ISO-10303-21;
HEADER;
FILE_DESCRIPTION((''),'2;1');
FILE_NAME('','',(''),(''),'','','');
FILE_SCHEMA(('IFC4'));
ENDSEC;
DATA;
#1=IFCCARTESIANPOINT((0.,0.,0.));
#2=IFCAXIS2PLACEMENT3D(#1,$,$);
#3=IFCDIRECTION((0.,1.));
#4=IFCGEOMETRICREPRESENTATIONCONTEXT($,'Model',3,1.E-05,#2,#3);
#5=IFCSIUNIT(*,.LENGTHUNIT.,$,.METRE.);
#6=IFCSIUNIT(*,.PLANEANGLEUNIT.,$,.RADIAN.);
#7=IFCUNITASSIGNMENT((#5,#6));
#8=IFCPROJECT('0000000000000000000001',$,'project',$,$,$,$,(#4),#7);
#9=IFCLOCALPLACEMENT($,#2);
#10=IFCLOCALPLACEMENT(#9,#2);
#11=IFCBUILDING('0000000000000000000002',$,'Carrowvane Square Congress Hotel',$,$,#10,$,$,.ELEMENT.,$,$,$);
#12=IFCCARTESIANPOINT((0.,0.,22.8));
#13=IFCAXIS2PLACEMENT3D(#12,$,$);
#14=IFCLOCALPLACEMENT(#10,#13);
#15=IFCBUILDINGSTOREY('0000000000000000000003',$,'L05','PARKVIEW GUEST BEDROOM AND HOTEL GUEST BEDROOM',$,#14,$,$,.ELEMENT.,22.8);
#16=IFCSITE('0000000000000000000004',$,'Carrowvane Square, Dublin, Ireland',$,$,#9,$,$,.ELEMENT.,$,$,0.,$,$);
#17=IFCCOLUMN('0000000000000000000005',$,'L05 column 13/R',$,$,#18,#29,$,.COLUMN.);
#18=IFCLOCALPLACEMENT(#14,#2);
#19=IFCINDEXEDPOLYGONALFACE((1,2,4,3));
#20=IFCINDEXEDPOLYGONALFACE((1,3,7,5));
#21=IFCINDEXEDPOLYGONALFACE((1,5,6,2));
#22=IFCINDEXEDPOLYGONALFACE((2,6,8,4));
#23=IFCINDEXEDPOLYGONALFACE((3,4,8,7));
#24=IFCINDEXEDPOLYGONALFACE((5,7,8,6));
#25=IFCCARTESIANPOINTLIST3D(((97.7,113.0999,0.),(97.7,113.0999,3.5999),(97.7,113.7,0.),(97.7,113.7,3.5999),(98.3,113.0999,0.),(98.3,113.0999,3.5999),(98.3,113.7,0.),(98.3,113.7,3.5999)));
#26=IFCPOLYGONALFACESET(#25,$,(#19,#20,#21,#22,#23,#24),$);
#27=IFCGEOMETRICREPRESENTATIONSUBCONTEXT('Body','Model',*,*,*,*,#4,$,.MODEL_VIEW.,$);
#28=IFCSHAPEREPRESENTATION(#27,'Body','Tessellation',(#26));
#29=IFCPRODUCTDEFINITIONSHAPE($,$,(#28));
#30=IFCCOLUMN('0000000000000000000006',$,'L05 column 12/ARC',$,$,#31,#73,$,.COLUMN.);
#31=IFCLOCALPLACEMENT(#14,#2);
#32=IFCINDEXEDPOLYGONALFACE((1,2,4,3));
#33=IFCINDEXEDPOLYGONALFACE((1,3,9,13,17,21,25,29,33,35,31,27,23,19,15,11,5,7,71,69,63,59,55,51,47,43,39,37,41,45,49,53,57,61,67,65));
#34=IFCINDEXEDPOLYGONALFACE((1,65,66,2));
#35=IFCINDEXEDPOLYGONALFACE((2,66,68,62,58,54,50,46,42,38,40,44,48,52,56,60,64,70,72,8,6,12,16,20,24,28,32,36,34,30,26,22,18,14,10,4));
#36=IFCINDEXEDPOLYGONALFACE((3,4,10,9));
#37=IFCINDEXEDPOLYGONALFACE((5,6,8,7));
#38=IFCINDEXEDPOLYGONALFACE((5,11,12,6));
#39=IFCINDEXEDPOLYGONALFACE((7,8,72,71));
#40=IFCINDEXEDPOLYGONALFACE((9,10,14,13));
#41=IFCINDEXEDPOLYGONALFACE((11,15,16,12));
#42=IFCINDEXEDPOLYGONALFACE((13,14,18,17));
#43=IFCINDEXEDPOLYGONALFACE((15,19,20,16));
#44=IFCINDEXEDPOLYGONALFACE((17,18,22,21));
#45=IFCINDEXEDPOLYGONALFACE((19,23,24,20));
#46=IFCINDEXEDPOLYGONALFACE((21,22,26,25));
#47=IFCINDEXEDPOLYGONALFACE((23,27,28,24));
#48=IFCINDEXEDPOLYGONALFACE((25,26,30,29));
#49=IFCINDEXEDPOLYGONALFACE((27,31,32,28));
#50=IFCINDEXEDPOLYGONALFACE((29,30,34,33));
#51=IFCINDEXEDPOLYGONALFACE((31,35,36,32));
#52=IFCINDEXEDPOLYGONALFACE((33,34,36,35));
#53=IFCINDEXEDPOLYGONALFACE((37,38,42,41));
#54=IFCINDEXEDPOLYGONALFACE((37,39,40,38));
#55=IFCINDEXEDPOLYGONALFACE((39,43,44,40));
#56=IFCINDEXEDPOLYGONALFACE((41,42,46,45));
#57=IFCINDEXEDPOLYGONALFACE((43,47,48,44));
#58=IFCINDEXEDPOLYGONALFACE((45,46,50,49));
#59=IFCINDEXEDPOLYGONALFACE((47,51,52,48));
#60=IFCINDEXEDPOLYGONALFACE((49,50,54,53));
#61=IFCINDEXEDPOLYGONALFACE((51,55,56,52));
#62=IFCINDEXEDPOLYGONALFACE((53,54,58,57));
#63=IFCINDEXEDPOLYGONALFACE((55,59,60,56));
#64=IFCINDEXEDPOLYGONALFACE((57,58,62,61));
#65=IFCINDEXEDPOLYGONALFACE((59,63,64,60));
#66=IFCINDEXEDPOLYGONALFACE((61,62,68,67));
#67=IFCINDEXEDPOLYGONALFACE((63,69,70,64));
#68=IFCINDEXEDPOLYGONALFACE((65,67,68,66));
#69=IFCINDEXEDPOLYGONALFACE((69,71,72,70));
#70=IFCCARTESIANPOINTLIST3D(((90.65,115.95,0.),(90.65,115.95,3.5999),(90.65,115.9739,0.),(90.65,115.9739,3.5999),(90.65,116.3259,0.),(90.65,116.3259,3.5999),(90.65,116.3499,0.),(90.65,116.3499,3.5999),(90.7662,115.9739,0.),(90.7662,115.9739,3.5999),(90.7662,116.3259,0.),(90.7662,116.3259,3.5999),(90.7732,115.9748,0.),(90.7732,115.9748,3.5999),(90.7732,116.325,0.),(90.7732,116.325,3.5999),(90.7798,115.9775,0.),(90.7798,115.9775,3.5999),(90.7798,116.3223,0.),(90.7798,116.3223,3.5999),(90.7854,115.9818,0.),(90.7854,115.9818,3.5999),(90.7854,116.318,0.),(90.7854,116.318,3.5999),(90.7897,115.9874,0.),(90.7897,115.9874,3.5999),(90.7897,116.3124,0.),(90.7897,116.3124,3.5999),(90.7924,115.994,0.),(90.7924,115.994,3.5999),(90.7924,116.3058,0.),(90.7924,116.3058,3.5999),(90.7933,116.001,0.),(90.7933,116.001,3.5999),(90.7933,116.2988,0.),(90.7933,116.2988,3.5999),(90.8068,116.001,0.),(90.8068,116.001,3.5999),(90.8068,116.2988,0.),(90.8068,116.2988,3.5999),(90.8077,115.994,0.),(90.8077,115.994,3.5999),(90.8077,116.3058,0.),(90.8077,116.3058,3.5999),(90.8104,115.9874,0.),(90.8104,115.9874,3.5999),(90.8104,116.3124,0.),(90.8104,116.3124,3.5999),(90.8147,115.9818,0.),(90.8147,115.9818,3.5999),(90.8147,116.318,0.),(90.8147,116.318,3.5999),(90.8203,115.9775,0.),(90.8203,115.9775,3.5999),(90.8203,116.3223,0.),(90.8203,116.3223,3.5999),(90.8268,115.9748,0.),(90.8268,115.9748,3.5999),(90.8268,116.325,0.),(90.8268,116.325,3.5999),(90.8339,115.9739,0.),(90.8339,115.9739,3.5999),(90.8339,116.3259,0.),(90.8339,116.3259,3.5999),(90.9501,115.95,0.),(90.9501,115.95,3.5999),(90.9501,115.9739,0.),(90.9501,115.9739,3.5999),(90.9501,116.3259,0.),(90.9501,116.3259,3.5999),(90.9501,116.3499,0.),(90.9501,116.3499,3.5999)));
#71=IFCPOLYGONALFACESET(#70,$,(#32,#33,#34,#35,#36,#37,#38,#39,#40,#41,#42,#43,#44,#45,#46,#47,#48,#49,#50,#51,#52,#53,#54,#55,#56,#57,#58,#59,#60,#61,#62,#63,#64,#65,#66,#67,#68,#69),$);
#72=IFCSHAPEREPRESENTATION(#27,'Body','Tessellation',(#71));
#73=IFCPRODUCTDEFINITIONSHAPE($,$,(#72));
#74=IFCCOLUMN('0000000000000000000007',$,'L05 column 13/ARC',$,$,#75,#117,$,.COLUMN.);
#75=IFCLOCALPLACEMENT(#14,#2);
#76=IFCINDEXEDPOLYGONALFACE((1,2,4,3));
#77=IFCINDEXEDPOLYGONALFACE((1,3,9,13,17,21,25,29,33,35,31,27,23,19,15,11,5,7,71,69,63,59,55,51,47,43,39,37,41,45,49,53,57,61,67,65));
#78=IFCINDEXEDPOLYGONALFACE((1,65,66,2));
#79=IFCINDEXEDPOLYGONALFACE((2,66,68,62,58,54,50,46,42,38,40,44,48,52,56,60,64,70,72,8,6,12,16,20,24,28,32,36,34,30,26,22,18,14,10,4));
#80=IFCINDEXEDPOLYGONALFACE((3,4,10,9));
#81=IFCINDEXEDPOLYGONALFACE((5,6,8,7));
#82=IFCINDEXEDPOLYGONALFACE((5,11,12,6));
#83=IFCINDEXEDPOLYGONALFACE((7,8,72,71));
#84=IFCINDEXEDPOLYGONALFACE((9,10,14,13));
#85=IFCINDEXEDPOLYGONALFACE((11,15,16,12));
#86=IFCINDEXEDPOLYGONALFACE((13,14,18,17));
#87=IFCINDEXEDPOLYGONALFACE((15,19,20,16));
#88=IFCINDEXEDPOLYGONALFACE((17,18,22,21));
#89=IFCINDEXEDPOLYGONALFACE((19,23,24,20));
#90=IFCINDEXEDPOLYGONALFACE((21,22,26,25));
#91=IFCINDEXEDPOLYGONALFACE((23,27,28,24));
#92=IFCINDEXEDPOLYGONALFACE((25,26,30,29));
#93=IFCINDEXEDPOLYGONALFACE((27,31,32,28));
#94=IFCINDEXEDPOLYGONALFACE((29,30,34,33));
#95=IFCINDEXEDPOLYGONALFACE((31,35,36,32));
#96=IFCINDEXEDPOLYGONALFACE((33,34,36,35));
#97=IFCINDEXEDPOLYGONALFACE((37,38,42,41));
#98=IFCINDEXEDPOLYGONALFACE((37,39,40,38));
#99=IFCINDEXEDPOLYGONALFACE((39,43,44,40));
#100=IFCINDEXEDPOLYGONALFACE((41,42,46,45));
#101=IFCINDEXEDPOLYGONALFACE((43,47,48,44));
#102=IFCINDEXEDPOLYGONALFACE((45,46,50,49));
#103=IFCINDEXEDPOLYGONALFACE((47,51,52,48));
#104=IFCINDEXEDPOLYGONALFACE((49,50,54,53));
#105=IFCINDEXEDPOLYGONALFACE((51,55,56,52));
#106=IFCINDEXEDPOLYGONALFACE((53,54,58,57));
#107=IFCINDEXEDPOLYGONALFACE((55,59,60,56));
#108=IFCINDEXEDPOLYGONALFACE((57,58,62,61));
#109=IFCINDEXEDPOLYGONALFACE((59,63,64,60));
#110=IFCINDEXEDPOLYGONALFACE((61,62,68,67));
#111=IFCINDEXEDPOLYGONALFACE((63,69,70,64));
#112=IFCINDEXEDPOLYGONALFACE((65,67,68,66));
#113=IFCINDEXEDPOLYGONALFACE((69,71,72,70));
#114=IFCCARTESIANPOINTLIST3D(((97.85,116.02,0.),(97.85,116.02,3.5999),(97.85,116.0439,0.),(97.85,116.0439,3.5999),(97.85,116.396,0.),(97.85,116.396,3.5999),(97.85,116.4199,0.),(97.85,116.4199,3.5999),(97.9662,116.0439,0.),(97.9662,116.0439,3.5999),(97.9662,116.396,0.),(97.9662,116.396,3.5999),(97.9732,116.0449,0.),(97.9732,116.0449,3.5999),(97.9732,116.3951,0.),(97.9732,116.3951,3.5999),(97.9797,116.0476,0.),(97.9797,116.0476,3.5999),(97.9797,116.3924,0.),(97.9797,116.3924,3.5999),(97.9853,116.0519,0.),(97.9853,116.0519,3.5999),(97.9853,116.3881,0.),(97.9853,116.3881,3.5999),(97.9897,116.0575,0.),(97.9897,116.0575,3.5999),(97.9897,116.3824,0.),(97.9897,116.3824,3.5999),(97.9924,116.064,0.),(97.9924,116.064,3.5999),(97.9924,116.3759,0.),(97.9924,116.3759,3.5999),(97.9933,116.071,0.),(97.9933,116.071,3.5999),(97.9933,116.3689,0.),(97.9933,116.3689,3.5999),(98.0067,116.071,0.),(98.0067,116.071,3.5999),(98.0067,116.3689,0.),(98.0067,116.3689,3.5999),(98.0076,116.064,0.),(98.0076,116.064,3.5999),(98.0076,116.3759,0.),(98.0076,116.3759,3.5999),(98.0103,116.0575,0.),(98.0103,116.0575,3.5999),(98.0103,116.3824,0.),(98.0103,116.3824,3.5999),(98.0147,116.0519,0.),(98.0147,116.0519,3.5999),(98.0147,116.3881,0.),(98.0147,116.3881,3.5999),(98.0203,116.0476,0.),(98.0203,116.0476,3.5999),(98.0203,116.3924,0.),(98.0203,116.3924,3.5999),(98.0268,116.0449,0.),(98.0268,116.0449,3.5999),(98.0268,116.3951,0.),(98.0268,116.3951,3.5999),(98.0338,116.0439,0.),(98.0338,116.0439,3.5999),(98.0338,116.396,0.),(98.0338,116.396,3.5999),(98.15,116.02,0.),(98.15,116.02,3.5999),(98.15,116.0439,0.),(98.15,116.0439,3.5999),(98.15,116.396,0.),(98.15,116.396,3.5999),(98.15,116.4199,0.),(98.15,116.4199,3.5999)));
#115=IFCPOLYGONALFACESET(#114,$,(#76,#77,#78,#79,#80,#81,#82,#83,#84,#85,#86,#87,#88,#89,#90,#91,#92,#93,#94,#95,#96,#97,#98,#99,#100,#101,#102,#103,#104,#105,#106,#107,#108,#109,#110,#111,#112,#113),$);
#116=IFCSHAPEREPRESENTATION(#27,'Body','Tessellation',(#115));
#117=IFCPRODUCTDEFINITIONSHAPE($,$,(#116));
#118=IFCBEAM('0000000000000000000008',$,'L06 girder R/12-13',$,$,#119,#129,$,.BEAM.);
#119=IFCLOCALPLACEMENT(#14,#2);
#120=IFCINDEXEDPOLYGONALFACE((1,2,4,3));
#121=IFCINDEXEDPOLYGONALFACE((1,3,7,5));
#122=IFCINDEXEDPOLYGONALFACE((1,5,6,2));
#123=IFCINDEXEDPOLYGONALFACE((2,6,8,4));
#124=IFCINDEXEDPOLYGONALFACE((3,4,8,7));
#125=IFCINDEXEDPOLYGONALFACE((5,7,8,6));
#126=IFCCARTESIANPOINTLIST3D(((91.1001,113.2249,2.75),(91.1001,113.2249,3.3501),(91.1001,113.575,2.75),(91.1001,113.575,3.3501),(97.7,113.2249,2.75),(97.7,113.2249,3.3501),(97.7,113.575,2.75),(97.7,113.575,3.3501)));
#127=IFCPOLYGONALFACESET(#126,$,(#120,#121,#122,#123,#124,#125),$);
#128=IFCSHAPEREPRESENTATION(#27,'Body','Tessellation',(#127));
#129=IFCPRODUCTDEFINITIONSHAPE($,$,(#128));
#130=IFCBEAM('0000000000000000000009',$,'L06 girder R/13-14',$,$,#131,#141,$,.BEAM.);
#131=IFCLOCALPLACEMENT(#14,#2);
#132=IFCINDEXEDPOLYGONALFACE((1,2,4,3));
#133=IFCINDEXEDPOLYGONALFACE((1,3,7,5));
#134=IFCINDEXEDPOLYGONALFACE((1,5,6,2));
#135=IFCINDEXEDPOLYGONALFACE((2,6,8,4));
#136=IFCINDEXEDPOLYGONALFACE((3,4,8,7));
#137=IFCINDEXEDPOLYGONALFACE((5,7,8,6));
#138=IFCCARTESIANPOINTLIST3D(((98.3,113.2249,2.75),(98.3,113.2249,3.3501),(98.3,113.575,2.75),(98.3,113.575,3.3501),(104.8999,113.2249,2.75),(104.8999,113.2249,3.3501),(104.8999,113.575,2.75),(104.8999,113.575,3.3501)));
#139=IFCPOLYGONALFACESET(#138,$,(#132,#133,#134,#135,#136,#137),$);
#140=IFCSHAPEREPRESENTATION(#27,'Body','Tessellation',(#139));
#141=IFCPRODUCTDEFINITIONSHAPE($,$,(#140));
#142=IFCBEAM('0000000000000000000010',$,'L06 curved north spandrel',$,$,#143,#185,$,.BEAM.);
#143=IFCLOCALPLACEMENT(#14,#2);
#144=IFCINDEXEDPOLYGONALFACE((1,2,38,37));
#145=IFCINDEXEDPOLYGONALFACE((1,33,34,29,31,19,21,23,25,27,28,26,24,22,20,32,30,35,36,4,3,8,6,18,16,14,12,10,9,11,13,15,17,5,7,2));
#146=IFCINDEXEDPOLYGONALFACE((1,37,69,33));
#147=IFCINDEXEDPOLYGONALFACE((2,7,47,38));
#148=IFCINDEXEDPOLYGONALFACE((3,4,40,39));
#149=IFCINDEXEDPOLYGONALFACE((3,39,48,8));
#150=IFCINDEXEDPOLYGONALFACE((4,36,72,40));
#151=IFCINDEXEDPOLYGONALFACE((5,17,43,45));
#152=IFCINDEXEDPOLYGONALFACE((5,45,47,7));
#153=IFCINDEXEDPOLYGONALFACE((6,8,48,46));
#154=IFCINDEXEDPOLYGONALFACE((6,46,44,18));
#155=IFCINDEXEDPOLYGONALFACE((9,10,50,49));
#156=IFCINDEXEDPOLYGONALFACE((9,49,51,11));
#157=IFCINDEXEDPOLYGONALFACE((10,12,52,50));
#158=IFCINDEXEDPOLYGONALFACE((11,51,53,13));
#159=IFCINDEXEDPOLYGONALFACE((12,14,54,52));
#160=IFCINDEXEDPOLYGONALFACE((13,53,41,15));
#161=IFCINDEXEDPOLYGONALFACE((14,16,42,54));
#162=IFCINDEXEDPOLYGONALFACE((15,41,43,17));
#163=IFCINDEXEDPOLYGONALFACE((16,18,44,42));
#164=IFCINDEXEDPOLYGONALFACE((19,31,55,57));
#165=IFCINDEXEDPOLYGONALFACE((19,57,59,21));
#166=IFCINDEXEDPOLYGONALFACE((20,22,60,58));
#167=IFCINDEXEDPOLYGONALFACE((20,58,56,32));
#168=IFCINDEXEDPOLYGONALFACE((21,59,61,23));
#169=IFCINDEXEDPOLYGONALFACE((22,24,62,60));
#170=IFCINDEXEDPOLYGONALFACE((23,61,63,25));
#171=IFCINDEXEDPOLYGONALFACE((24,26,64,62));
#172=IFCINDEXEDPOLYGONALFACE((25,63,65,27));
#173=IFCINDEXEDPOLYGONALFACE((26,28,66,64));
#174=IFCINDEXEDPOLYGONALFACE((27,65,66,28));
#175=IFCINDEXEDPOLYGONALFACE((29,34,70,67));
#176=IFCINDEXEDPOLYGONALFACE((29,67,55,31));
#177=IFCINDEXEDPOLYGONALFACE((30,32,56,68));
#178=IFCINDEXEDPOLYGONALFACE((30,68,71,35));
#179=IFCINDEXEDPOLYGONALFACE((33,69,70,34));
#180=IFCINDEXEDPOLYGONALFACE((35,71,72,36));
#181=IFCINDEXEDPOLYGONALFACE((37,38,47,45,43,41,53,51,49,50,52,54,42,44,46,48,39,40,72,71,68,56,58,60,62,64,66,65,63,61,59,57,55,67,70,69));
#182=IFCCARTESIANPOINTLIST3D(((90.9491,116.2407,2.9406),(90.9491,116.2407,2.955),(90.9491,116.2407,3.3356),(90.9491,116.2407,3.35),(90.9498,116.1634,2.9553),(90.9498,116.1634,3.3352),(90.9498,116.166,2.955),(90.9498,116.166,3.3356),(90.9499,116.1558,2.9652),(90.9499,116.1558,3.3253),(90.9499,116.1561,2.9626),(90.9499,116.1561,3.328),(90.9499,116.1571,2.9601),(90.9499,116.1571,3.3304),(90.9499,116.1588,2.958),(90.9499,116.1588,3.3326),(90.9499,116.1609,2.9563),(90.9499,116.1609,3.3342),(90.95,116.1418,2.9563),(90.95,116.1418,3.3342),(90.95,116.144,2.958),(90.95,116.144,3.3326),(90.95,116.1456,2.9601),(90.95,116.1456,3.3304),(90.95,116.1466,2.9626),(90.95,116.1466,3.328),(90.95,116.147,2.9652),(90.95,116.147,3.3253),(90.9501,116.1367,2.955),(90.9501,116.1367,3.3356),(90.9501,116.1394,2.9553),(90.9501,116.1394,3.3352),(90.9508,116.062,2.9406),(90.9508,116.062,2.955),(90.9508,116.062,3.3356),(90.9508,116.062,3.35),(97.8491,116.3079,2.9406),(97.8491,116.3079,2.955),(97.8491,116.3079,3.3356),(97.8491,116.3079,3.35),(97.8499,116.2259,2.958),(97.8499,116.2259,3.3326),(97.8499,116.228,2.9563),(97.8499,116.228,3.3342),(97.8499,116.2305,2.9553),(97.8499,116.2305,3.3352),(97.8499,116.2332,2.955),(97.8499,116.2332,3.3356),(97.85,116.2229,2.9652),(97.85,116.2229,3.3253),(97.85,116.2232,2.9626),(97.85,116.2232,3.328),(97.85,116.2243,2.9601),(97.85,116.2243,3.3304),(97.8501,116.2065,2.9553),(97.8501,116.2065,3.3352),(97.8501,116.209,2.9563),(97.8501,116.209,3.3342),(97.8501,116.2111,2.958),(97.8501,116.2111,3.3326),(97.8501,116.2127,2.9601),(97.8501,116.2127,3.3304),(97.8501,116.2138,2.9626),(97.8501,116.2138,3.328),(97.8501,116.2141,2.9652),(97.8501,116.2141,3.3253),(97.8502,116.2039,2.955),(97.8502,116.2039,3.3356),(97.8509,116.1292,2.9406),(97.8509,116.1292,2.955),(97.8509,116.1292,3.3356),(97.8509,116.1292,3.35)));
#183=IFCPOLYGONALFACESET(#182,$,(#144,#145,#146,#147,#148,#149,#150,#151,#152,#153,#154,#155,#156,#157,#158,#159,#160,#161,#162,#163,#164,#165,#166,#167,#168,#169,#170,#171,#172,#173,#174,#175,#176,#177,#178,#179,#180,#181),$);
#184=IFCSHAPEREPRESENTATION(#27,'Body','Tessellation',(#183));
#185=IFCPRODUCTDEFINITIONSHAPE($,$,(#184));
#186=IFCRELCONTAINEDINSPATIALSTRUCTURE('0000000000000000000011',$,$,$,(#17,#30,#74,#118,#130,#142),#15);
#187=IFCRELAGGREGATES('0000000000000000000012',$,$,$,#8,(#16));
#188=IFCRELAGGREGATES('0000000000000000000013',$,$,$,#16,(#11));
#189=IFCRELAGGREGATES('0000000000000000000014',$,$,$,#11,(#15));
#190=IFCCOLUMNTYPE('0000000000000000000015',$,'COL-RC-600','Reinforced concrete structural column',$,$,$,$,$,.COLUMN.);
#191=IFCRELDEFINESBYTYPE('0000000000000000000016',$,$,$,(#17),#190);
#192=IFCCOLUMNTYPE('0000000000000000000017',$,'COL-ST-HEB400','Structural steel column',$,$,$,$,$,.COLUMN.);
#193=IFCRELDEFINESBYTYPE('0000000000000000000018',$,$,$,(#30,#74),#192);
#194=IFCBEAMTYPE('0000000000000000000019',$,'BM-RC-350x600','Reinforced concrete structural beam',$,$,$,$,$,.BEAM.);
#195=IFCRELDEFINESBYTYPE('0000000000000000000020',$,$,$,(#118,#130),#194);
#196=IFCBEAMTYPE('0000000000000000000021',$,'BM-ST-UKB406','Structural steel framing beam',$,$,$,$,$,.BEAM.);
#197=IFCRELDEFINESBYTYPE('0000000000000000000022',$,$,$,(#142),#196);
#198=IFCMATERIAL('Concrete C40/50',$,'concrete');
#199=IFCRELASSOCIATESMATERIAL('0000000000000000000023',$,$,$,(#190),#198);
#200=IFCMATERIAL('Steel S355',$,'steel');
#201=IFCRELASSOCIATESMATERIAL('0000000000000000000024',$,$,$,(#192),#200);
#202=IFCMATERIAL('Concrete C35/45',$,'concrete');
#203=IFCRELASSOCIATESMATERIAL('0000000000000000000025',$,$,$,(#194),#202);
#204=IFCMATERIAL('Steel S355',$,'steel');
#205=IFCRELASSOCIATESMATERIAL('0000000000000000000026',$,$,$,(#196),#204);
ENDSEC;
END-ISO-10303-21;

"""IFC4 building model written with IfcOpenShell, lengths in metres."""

from ifc_helpers import new_model, si_unit, direction, frame, origin, origin_2d, place, context, subcontext, project, spatial, rectangle, i_section, extrude, material, material_profile, profile_set, type_object, element, save


model = new_model("IFC4")

# Units and contexts
model_context = context("Model", 3, precision=1e-05, world=origin(), true_north=direction((0.0, 1.0)))
body_context = subcontext(model_context, "Body", "Model", "MODEL_VIEW")
ifc_project = project(units=[si_unit("LENGTHUNIT", "METRE"), si_unit("PLANEANGLEUNIT", "RADIAN")], contexts=[model_context])

# Site, building, storey
site_placement = place(None, origin())
site = spatial("IfcSite", under=ifc_project, at=site_placement, Name="Carrowvane Square, Dublin, Ireland", CompositionType="ELEMENT", RefElevation=0.0)
building_placement = place(site_placement, origin())
building = spatial("IfcBuilding", under=site, at=building_placement, Name="Carrowvane Square Congress Hotel", CompositionType="ELEMENT")
storey_placement = place(building_placement, frame((0.0, 0.0, 22.8)))
storey = spatial("IfcBuildingStorey", under=building, at=storey_placement, Name="L05", Description="PARKVIEW GUEST BEDROOM AND HOTEL GUEST BEDROOM", CompositionType="ELEMENT", Elevation=22.8)

# Columns
ifc_material_1 = material(Name="Concrete C40/50", Category="concrete")
ifc_material_profile_1 = material_profile(ifc_material_1, rectangle(XDim=0.6001, YDim=0.6001, at=origin_2d()), Name="RC 600x600")
ifc_profile_set_1 = profile_set([ifc_material_profile_1], Name="Concrete C40/50")
column_type_1 = type_object("IfcColumnType", Name="COL-RC-600", Description="Reinforced concrete structural column", PredefinedType="COLUMN", material=ifc_profile_set_1)
column_placement = place(storey_placement, frame((98.0, 113.3999, 0.0), z_axis=(0.0, 0.0, 1.0), x_axis=(1.0, 0.0, 0.0)))
element("IfcColumn", 1, at=column_placement, inside=storey, type_object=column_type_1, Name="L05 column 13/R", PredefinedType="COLUMN", context=body_context, shape_type="SweptSolid", body=[
    extrude(rectangle(XDim=0.6001, YDim=0.6001, at=origin_2d()), origin(), (0.0, 0.0, 1.0), 3.5999),
])
ifc_material_2 = material(Name="Steel S355", Category="steel")
ifc_material_profile_2 = material_profile(ifc_material_2, i_section(OverallWidth=0.3, OverallDepth=0.3999, WebThickness=0.0134, FlangeThickness=0.0239, FilletRadius=0.0271, at=origin_2d()), Name="HEB 400")
ifc_profile_set_2 = profile_set([ifc_material_profile_2], Name="Steel S355")
column_type_2 = type_object("IfcColumnType", Name="COL-ST-HEB400", Description="Structural steel column", PredefinedType="COLUMN", material=ifc_profile_set_2)
for number, where, z_axis, x_axis, name in (
    (2, (90.8, 116.1499, 0.0), (0.0, 0.0, 1.0), (1.0, 0.0, 0.0), "L05 column 12/ARC"),
    (3, (98.0, 116.22, 0.0), (0.0, 0.0, 1.0), (1.0, 0.0, 0.0), "L05 column 13/ARC"),
):
    element("IfcColumn", number, at=place(storey_placement, frame(where, z_axis=z_axis, x_axis=x_axis)), inside=storey, type_object=column_type_2, Name=name, PredefinedType="COLUMN", context=body_context, shape_type="SweptSolid", body=[
        extrude(i_section(OverallWidth=0.3, OverallDepth=0.3999, WebThickness=0.0134, FlangeThickness=0.0239, FilletRadius=0.0271, at=origin_2d()), origin(), (0.0, 0.0, 1.0), 3.5999),
    ])

# Beams
ifc_material_3 = material(Name="Concrete C35/45", Category="concrete")
ifc_material_profile_3 = material_profile(ifc_material_3, rectangle(XDim=0.3501, YDim=0.6001, at=origin_2d()), Name="RC 350x600")
ifc_profile_set_3 = profile_set([ifc_material_profile_3], Name="Concrete C35/45")
beam_type_1 = type_object("IfcBeamType", Name="BM-RC-350x600", Description="Reinforced concrete structural beam", PredefinedType="BEAM", material=ifc_profile_set_3)
for number, where, z_axis, x_axis, name in (
    (4, (91.1001, 113.3999, 3.05), (1.0, 0.0, 0.0), (0.0, 1.0, 0.0), "L06 girder R/12-13"),
    (5, (98.3, 113.3999, 3.05), (1.0, 0.0, 0.0), (0.0, 1.0, 0.0), "L06 girder R/13-14"),
):
    element("IfcBeam", number, at=place(storey_placement, frame(where, z_axis=z_axis, x_axis=x_axis)), inside=storey, type_object=beam_type_1, Name=name, PredefinedType="BEAM", context=body_context, shape_type="SweptSolid", body=[
        extrude(rectangle(XDim=0.3501, YDim=0.6001, at=origin_2d()), origin(), (0.0, 0.0, 1.0), 6.5999),
    ])
ifc_material_4 = material(Name="Steel S355", Category="steel")
ifc_material_profile_4 = material_profile(ifc_material_4, i_section(OverallWidth=0.1787, OverallDepth=0.4094, WebThickness=0.0088, FlangeThickness=0.0144, FilletRadius=0.0103, at=origin_2d()), Name="UKB 406x178x67")
ifc_profile_set_4 = profile_set([ifc_material_profile_4], Name="Steel S355")
beam_type_2 = type_object("IfcBeamType", Name="BM-ST-UKB406", Description="Structural steel framing beam", PredefinedType="BEAM", material=ifc_profile_set_4)
for number, where, z_axis, x_axis, name in (
    (6, (90.95, 116.1514, 3.1453), (0.999953, 0.00973, 0.0), (-0.00973, 0.999953, 0.0), "L06 curved north spandrel"),
):
    element("IfcBeam", number, at=place(storey_placement, frame(where, z_axis=z_axis, x_axis=x_axis)), inside=storey, type_object=beam_type_2, Name=name, PredefinedType="BEAM", context=body_context, shape_type="SweptSolid", body=[
        extrude(i_section(OverallWidth=0.1787, OverallDepth=0.4094, WebThickness=0.0088, FlangeThickness=0.0144, FilletRadius=0.0103, at=origin_2d()), origin(), (0.0, 0.0, 1.0), 6.9004),
    ])

save(model, "model.ifc")
